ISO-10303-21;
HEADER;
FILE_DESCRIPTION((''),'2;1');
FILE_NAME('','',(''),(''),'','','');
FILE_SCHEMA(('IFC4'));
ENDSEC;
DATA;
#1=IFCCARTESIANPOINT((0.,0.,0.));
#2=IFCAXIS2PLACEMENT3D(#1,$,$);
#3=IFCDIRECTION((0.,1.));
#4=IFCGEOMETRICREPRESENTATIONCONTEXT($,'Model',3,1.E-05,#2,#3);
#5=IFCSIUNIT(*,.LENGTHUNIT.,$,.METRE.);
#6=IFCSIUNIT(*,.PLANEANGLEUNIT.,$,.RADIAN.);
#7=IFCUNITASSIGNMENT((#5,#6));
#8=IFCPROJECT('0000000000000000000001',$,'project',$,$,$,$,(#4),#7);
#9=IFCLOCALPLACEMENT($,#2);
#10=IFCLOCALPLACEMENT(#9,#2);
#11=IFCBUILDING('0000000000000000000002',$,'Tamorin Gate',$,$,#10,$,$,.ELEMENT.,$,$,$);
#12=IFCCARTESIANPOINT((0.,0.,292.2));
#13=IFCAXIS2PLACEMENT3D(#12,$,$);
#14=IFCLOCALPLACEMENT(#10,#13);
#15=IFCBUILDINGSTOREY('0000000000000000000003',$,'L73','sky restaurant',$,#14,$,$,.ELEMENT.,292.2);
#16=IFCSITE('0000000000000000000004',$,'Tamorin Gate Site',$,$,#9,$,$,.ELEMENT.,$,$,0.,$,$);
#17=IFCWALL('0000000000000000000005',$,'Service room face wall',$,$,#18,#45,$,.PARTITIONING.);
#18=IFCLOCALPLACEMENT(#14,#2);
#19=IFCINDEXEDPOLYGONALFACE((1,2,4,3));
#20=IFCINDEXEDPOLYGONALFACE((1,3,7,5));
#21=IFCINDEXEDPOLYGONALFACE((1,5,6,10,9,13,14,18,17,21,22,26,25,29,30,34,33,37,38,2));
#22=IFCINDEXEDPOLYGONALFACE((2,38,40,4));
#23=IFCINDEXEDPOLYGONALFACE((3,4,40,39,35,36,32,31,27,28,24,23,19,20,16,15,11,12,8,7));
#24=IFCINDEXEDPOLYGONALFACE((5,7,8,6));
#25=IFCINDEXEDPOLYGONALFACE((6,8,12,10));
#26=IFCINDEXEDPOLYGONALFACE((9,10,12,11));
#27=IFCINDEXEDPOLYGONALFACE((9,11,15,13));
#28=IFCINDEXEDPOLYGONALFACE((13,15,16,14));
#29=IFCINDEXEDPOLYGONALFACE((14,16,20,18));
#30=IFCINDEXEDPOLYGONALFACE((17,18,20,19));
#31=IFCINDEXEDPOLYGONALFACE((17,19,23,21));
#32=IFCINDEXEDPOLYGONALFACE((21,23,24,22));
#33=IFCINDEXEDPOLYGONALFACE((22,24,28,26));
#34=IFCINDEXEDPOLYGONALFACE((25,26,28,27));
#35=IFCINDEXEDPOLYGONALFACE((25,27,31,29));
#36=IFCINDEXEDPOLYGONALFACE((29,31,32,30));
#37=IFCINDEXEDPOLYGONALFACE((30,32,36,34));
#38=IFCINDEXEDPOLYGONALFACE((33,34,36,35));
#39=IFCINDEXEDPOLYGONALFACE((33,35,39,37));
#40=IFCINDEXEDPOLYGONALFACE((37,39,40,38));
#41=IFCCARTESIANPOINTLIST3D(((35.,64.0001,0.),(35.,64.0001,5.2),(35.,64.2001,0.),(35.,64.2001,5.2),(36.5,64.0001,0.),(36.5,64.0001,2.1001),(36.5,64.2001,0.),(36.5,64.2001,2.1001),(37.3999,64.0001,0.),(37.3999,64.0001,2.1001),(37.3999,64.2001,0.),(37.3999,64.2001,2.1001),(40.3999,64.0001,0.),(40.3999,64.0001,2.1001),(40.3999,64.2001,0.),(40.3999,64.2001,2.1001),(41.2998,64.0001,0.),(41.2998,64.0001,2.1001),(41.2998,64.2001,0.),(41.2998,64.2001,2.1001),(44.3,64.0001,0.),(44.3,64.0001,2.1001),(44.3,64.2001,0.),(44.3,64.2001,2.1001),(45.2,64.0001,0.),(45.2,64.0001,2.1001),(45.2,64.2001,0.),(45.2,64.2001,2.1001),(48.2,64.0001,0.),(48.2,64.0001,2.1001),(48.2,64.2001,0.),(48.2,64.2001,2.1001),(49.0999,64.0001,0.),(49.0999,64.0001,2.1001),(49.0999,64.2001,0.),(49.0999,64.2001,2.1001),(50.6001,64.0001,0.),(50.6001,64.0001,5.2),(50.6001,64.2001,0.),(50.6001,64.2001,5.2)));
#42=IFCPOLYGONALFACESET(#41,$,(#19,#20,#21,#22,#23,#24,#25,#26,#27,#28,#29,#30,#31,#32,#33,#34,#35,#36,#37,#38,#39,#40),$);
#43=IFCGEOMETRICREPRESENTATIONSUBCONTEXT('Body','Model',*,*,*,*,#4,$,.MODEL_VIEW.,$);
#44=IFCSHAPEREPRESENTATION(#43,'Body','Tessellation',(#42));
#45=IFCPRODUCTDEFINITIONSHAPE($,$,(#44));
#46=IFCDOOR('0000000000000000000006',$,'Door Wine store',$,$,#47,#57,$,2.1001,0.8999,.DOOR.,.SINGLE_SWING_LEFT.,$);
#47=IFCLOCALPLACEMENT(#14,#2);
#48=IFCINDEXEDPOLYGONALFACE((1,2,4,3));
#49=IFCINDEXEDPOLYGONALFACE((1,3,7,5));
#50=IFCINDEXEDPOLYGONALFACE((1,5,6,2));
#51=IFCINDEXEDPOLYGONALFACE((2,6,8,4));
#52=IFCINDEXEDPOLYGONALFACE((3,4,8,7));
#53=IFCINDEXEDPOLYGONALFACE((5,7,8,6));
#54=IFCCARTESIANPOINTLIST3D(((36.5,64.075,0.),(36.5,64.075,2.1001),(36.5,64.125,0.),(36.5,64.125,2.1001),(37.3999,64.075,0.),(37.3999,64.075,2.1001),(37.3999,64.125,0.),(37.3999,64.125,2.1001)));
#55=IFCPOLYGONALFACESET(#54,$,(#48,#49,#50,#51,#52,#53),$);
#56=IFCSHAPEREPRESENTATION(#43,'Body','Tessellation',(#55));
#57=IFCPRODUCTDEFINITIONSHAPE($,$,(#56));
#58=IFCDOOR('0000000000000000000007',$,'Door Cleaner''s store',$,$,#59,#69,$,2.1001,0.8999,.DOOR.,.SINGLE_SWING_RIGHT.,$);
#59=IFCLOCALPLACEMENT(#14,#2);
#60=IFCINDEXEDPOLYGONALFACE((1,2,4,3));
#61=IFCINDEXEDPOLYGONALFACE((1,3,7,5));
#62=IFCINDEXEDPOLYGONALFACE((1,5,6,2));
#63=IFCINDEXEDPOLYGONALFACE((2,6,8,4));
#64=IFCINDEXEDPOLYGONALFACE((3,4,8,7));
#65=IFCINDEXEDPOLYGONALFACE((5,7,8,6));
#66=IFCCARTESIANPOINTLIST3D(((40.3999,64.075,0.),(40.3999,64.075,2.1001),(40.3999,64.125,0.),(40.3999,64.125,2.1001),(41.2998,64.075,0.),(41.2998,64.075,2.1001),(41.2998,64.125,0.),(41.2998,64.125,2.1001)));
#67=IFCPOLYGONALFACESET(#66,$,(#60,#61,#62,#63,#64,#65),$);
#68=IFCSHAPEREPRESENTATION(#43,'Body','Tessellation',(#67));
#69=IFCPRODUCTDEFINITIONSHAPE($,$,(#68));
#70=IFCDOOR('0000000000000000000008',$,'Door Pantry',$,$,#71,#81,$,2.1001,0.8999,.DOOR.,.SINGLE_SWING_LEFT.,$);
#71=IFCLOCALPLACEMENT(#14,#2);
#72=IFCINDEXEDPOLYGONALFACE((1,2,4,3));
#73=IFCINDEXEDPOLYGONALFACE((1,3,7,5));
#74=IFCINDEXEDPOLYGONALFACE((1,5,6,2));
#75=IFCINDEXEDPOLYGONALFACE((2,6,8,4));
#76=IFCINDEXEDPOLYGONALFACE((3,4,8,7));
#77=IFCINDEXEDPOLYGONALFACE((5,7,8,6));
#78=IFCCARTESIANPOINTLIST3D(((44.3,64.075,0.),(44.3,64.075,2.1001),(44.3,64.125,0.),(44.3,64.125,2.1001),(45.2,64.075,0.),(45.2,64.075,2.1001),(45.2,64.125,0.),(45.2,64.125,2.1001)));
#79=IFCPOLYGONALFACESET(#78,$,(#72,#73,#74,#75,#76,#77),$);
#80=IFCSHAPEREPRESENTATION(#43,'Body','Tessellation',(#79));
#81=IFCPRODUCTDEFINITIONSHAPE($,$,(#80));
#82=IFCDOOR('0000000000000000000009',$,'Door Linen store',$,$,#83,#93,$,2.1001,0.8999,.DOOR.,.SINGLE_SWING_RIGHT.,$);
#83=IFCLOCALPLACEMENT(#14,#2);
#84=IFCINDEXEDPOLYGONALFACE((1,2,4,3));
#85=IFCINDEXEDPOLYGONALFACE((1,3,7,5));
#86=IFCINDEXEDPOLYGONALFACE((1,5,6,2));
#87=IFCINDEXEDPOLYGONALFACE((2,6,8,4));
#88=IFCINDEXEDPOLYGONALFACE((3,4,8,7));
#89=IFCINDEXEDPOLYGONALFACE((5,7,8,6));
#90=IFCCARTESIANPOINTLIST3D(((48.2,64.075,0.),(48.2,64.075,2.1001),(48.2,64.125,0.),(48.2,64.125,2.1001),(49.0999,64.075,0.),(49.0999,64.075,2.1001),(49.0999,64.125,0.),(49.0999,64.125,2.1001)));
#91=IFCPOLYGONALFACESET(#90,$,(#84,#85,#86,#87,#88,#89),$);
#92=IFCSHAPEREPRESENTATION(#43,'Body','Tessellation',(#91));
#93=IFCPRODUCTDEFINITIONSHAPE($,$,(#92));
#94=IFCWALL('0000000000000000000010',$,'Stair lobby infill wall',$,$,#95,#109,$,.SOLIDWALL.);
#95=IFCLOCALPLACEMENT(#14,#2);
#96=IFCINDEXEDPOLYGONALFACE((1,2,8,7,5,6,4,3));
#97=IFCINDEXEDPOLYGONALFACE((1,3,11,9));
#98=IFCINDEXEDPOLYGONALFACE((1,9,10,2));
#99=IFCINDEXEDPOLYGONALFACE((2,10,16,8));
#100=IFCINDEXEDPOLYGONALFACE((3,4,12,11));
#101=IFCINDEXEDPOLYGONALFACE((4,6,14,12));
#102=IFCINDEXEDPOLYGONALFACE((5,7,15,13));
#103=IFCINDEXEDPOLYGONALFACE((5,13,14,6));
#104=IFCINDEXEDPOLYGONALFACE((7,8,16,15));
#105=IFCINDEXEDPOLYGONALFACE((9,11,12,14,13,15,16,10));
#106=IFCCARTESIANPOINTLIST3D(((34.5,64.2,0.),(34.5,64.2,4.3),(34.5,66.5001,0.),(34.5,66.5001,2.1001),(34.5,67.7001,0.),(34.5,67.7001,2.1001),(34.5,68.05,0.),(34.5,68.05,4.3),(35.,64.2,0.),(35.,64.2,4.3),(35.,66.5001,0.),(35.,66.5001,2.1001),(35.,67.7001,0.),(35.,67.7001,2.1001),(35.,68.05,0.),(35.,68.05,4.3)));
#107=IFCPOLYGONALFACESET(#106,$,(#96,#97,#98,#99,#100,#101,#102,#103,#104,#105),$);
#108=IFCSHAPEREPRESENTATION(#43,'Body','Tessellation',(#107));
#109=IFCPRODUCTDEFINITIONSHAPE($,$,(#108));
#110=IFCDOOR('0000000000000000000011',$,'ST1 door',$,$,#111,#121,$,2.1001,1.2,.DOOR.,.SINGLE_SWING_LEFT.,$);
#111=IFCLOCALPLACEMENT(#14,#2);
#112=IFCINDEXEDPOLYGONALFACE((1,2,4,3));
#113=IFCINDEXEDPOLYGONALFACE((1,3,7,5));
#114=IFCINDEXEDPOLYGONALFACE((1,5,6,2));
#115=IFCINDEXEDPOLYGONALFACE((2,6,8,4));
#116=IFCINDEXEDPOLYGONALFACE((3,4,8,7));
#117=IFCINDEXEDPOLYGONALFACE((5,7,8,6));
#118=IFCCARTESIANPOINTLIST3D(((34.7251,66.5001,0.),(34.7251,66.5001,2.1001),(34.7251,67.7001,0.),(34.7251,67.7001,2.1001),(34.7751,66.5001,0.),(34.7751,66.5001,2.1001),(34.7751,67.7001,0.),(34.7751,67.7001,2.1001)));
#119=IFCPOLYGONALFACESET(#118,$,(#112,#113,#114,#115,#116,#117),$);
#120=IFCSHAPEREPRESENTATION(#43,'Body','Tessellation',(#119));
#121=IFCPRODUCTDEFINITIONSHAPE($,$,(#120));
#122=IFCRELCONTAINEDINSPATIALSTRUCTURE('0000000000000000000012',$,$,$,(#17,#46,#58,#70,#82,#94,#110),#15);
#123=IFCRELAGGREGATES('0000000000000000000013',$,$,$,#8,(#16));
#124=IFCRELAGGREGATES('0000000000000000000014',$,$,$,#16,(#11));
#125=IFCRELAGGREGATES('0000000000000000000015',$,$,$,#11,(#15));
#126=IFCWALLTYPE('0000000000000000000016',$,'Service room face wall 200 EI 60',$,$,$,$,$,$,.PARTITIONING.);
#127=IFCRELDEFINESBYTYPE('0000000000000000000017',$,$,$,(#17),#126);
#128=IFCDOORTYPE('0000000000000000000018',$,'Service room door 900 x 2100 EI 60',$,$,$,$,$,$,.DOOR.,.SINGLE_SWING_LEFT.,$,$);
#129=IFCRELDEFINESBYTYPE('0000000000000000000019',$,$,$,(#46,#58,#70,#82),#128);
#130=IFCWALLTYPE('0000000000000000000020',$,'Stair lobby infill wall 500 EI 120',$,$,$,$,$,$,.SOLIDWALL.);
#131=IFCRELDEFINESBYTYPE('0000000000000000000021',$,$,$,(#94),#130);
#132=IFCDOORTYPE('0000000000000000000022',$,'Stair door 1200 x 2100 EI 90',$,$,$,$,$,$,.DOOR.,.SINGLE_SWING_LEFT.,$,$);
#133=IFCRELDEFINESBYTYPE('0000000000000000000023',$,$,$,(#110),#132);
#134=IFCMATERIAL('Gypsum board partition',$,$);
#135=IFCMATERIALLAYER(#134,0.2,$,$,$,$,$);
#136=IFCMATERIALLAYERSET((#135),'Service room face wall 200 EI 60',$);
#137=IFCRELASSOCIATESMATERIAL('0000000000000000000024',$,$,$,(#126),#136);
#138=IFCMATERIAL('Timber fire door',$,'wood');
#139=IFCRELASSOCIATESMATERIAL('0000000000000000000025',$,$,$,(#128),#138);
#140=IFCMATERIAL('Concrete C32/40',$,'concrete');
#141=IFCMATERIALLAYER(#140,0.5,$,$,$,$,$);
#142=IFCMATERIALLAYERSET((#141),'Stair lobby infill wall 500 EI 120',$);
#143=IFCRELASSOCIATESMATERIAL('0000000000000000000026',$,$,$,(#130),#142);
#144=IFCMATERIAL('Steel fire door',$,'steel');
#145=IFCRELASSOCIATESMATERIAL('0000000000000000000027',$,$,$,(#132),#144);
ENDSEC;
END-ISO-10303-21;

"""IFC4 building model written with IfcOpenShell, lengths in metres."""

from ifc_helpers import new_model, si_unit, direction, frame, frame_2d, origin, place, context, subcontext, project, spatial, rectangle, extrude, material, layer, layer_set, type_object, element, fill, save


model = new_model("IFC4")

# Units and contexts
model_context = context("Model", 3, precision=1e-05, world=origin(), true_north=direction((0.0, 1.0)))
body_context = subcontext(model_context, "Body", "Model", "MODEL_VIEW")
ifc_project = project(units=[si_unit("LENGTHUNIT", "METRE"), si_unit("PLANEANGLEUNIT", "RADIAN")], contexts=[model_context])

# Site, building, storey
site_placement = place(None, origin())
site = spatial("IfcSite", under=ifc_project, at=site_placement, Name="Tamorin Gate Site", CompositionType="ELEMENT", RefElevation=0.0)
building_placement = place(site_placement, origin())
building = spatial("IfcBuilding", under=site, at=building_placement, Name="Tamorin Gate", CompositionType="ELEMENT")
storey_placement = place(building_placement, frame((0.0, 0.0, 292.2)))
storey = spatial("IfcBuildingStorey", under=building, at=storey_placement, Name="L73", Description="sky restaurant", CompositionType="ELEMENT", Elevation=292.2)

# Shared definitions
ifc_material_1 = material(Name="Gypsum board partition")

# Wall, openings, doors
ifc_layer_1 = layer(ifc_material_1, 0.2)
ifc_layer_set_1 = layer_set([ifc_layer_1], Name="Service room face wall 200 EI 60")
wall_type_1 = type_object("IfcWallType", Name="Service room face wall 200 EI 60", PredefinedType="PARTITIONING", material=ifc_layer_set_1)
wall_1_placement = place(storey_placement, frame((35.0, 64.1001, 0.0), z_axis=(0.0, 0.0, 1.0), x_axis=(1.0, 0.0, 0.0)))
wall_1 = element("IfcWall", 1, at=wall_1_placement, inside=storey, type_object=wall_type_1, Name="Service room face wall", PredefinedType="PARTITIONING", context=body_context, shape_type="SweptSolid", body=[
    extrude(rectangle(XDim=15.6001, YDim=0.2, at=frame_2d((7.8, 0.0))), origin(), (0.0, 0.0, 1.0), 5.2),
])
opening_1_placement = place(wall_1_placement, frame((1.5, 0.0, 0.0)))
opening_1 = element("IfcOpeningElement", 2, at=opening_1_placement, cuts=wall_1, PredefinedType="OPENING", context=body_context, shape_type="SweptSolid", body=[
    extrude(rectangle(XDim=0.8999, YDim=2.1001, at=frame_2d((0.45, 1.05))), frame((0.0, 0.1099, 0.0), z_axis=(0.0, -1.0, 0.0), x_axis=(1.0, 0.0, 0.0)), (0.0, 0.0, 1.0), 0.22),
])
opening_2_placement = place(wall_1_placement, frame((5.3999, 0.0, 0.0)))
opening_2 = element("IfcOpeningElement", 3, at=opening_2_placement, cuts=wall_1, PredefinedType="OPENING", context=body_context, shape_type="SweptSolid", body=[
    extrude(rectangle(XDim=0.8999, YDim=2.1001, at=frame_2d((0.45, 1.05))), frame((0.0, 0.1099, 0.0), z_axis=(0.0, -1.0, 0.0), x_axis=(1.0, 0.0, 0.0)), (0.0, 0.0, 1.0), 0.22),
])
opening_3_placement = place(wall_1_placement, frame((9.3, 0.0, 0.0)))
opening_3 = element("IfcOpeningElement", 4, at=opening_3_placement, cuts=wall_1, PredefinedType="OPENING", context=body_context, shape_type="SweptSolid", body=[
    extrude(rectangle(XDim=0.8999, YDim=2.1001, at=frame_2d((0.45, 1.05))), frame((0.0, 0.1099, 0.0), z_axis=(0.0, -1.0, 0.0), x_axis=(1.0, 0.0, 0.0)), (0.0, 0.0, 1.0), 0.22),
])
opening_4_placement = place(wall_1_placement, frame((13.2, 0.0, 0.0)))
opening_4 = element("IfcOpeningElement", 5, at=opening_4_placement, cuts=wall_1, PredefinedType="OPENING", context=body_context, shape_type="SweptSolid", body=[
    extrude(rectangle(XDim=0.8999, YDim=2.1001, at=frame_2d((0.45, 1.05))), frame((0.0, 0.1099, 0.0), z_axis=(0.0, -1.0, 0.0), x_axis=(1.0, 0.0, 0.0)), (0.0, 0.0, 1.0), 0.22),
])
ifc_material_2 = material(Name="Timber fire door", Category="wood")
door_type_1 = type_object("IfcDoorType", Name="Service room door 900 x 2100 EI 60", OperationType="SINGLE_SWING_LEFT", PredefinedType="DOOR", material=ifc_material_2)
door_1_placement = place(opening_1_placement, origin())
door_1 = element("IfcDoor", 6, at=door_1_placement, inside=storey, type_object=door_type_1, Name="Door Wine store", OperationType="SINGLE_SWING_LEFT", OverallHeight=2.1001, OverallWidth=0.8999, PredefinedType="DOOR", context=body_context, shape_type="SweptSolid", body=[
    extrude(rectangle(XDim=0.8999, YDim=2.1001, at=frame_2d((0.45, 1.05))), frame((0.0, 0.0249, 0.0), z_axis=(0.0, -1.0, 0.0), x_axis=(1.0, 0.0, 0.0)), (0.0, 0.0, 1.0), 0.05),
])
fill(opening_1, door_1)
door_2_placement = place(opening_2_placement, origin())
door_2 = element("IfcDoor", 7, at=door_2_placement, inside=storey, type_object=door_type_1, Name="Door Cleaner's store", OperationType="SINGLE_SWING_RIGHT", OverallHeight=2.1001, OverallWidth=0.8999, PredefinedType="DOOR", context=body_context, shape_type="SweptSolid", body=[
    extrude(rectangle(XDim=0.8999, YDim=2.1001, at=frame_2d((0.45, 1.05))), frame((0.0, 0.0249, 0.0), z_axis=(0.0, -1.0, 0.0), x_axis=(1.0, 0.0, 0.0)), (0.0, 0.0, 1.0), 0.05),
])
fill(opening_2, door_2)
door_3_placement = place(opening_3_placement, origin())
door_3 = element("IfcDoor", 8, at=door_3_placement, inside=storey, type_object=door_type_1, Name="Door Pantry", OperationType="SINGLE_SWING_LEFT", OverallHeight=2.1001, OverallWidth=0.8999, PredefinedType="DOOR", context=body_context, shape_type="SweptSolid", body=[
    extrude(rectangle(XDim=0.8999, YDim=2.1001, at=frame_2d((0.45, 1.05))), frame((0.0, 0.0249, 0.0), z_axis=(0.0, -1.0, 0.0), x_axis=(1.0, 0.0, 0.0)), (0.0, 0.0, 1.0), 0.05),
])
fill(opening_3, door_3)
door_4_placement = place(opening_4_placement, origin())
door_4 = element("IfcDoor", 9, at=door_4_placement, inside=storey, type_object=door_type_1, Name="Door Linen store", OperationType="SINGLE_SWING_RIGHT", OverallHeight=2.1001, OverallWidth=0.8999, PredefinedType="DOOR", context=body_context, shape_type="SweptSolid", body=[
    extrude(rectangle(XDim=0.8999, YDim=2.1001, at=frame_2d((0.45, 1.05))), frame((0.0, 0.0249, 0.0), z_axis=(0.0, -1.0, 0.0), x_axis=(1.0, 0.0, 0.0)), (0.0, 0.0, 1.0), 0.05),
])
fill(opening_4, door_4)

# Wall, opening, door
ifc_material_3 = material(Name="Concrete C32/40", Category="concrete")
ifc_layer_2 = layer(ifc_material_3, 0.5)
ifc_layer_set_2 = layer_set([ifc_layer_2], Name="Stair lobby infill wall 500 EI 120")
wall_type_2 = type_object("IfcWallType", Name="Stair lobby infill wall 500 EI 120", PredefinedType="SOLIDWALL", material=ifc_layer_set_2)
wall_2_placement = place(storey_placement, frame((34.75, 64.2, 0.0), z_axis=(0.0, 0.0, 1.0), x_axis=(0.0, 1.0, 0.0)))
wall_2 = element("IfcWall", 10, at=wall_2_placement, inside=storey, type_object=wall_type_2, Name="Stair lobby infill wall", PredefinedType="SOLIDWALL", context=body_context, shape_type="SweptSolid", body=[
    extrude(rectangle(XDim=3.8501, YDim=0.5, at=frame_2d((1.925, 0.0))), origin(), (0.0, 0.0, 1.0), 4.3),
])
opening_5_placement = place(wall_2_placement, frame((2.3, 0.0, 0.0)))
opening_5 = element("IfcOpeningElement", 11, at=opening_5_placement, cuts=wall_2, PredefinedType="OPENING", context=body_context, shape_type="SweptSolid", body=[
    extrude(rectangle(XDim=1.2, YDim=2.1001, at=frame_2d((0.6001, 1.05))), frame((0.0, 0.26, 0.0), z_axis=(0.0, -1.0, 0.0), x_axis=(1.0, 0.0, 0.0)), (0.0, 0.0, 1.0), 0.52),
])
ifc_material_4 = material(Name="Steel fire door", Category="steel")
door_type_2 = type_object("IfcDoorType", Name="Stair door 1200 x 2100 EI 90", OperationType="SINGLE_SWING_LEFT", PredefinedType="DOOR", material=ifc_material_4)
door_5_placement = place(opening_5_placement, origin())
door_5 = element("IfcDoor", 12, at=door_5_placement, inside=storey, type_object=door_type_2, Name="ST1 door", OperationType="SINGLE_SWING_LEFT", OverallHeight=2.1001, OverallWidth=1.2, PredefinedType="DOOR", context=body_context, shape_type="SweptSolid", body=[
    extrude(rectangle(XDim=1.2, YDim=2.1001, at=frame_2d((0.6001, 1.05))), frame((0.0, 0.0249, 0.0), z_axis=(0.0, -1.0, 0.0), x_axis=(1.0, 0.0, 0.0)), (0.0, 0.0, 1.0), 0.05),
])
fill(opening_5, door_5)

save(model, "model.ifc")
